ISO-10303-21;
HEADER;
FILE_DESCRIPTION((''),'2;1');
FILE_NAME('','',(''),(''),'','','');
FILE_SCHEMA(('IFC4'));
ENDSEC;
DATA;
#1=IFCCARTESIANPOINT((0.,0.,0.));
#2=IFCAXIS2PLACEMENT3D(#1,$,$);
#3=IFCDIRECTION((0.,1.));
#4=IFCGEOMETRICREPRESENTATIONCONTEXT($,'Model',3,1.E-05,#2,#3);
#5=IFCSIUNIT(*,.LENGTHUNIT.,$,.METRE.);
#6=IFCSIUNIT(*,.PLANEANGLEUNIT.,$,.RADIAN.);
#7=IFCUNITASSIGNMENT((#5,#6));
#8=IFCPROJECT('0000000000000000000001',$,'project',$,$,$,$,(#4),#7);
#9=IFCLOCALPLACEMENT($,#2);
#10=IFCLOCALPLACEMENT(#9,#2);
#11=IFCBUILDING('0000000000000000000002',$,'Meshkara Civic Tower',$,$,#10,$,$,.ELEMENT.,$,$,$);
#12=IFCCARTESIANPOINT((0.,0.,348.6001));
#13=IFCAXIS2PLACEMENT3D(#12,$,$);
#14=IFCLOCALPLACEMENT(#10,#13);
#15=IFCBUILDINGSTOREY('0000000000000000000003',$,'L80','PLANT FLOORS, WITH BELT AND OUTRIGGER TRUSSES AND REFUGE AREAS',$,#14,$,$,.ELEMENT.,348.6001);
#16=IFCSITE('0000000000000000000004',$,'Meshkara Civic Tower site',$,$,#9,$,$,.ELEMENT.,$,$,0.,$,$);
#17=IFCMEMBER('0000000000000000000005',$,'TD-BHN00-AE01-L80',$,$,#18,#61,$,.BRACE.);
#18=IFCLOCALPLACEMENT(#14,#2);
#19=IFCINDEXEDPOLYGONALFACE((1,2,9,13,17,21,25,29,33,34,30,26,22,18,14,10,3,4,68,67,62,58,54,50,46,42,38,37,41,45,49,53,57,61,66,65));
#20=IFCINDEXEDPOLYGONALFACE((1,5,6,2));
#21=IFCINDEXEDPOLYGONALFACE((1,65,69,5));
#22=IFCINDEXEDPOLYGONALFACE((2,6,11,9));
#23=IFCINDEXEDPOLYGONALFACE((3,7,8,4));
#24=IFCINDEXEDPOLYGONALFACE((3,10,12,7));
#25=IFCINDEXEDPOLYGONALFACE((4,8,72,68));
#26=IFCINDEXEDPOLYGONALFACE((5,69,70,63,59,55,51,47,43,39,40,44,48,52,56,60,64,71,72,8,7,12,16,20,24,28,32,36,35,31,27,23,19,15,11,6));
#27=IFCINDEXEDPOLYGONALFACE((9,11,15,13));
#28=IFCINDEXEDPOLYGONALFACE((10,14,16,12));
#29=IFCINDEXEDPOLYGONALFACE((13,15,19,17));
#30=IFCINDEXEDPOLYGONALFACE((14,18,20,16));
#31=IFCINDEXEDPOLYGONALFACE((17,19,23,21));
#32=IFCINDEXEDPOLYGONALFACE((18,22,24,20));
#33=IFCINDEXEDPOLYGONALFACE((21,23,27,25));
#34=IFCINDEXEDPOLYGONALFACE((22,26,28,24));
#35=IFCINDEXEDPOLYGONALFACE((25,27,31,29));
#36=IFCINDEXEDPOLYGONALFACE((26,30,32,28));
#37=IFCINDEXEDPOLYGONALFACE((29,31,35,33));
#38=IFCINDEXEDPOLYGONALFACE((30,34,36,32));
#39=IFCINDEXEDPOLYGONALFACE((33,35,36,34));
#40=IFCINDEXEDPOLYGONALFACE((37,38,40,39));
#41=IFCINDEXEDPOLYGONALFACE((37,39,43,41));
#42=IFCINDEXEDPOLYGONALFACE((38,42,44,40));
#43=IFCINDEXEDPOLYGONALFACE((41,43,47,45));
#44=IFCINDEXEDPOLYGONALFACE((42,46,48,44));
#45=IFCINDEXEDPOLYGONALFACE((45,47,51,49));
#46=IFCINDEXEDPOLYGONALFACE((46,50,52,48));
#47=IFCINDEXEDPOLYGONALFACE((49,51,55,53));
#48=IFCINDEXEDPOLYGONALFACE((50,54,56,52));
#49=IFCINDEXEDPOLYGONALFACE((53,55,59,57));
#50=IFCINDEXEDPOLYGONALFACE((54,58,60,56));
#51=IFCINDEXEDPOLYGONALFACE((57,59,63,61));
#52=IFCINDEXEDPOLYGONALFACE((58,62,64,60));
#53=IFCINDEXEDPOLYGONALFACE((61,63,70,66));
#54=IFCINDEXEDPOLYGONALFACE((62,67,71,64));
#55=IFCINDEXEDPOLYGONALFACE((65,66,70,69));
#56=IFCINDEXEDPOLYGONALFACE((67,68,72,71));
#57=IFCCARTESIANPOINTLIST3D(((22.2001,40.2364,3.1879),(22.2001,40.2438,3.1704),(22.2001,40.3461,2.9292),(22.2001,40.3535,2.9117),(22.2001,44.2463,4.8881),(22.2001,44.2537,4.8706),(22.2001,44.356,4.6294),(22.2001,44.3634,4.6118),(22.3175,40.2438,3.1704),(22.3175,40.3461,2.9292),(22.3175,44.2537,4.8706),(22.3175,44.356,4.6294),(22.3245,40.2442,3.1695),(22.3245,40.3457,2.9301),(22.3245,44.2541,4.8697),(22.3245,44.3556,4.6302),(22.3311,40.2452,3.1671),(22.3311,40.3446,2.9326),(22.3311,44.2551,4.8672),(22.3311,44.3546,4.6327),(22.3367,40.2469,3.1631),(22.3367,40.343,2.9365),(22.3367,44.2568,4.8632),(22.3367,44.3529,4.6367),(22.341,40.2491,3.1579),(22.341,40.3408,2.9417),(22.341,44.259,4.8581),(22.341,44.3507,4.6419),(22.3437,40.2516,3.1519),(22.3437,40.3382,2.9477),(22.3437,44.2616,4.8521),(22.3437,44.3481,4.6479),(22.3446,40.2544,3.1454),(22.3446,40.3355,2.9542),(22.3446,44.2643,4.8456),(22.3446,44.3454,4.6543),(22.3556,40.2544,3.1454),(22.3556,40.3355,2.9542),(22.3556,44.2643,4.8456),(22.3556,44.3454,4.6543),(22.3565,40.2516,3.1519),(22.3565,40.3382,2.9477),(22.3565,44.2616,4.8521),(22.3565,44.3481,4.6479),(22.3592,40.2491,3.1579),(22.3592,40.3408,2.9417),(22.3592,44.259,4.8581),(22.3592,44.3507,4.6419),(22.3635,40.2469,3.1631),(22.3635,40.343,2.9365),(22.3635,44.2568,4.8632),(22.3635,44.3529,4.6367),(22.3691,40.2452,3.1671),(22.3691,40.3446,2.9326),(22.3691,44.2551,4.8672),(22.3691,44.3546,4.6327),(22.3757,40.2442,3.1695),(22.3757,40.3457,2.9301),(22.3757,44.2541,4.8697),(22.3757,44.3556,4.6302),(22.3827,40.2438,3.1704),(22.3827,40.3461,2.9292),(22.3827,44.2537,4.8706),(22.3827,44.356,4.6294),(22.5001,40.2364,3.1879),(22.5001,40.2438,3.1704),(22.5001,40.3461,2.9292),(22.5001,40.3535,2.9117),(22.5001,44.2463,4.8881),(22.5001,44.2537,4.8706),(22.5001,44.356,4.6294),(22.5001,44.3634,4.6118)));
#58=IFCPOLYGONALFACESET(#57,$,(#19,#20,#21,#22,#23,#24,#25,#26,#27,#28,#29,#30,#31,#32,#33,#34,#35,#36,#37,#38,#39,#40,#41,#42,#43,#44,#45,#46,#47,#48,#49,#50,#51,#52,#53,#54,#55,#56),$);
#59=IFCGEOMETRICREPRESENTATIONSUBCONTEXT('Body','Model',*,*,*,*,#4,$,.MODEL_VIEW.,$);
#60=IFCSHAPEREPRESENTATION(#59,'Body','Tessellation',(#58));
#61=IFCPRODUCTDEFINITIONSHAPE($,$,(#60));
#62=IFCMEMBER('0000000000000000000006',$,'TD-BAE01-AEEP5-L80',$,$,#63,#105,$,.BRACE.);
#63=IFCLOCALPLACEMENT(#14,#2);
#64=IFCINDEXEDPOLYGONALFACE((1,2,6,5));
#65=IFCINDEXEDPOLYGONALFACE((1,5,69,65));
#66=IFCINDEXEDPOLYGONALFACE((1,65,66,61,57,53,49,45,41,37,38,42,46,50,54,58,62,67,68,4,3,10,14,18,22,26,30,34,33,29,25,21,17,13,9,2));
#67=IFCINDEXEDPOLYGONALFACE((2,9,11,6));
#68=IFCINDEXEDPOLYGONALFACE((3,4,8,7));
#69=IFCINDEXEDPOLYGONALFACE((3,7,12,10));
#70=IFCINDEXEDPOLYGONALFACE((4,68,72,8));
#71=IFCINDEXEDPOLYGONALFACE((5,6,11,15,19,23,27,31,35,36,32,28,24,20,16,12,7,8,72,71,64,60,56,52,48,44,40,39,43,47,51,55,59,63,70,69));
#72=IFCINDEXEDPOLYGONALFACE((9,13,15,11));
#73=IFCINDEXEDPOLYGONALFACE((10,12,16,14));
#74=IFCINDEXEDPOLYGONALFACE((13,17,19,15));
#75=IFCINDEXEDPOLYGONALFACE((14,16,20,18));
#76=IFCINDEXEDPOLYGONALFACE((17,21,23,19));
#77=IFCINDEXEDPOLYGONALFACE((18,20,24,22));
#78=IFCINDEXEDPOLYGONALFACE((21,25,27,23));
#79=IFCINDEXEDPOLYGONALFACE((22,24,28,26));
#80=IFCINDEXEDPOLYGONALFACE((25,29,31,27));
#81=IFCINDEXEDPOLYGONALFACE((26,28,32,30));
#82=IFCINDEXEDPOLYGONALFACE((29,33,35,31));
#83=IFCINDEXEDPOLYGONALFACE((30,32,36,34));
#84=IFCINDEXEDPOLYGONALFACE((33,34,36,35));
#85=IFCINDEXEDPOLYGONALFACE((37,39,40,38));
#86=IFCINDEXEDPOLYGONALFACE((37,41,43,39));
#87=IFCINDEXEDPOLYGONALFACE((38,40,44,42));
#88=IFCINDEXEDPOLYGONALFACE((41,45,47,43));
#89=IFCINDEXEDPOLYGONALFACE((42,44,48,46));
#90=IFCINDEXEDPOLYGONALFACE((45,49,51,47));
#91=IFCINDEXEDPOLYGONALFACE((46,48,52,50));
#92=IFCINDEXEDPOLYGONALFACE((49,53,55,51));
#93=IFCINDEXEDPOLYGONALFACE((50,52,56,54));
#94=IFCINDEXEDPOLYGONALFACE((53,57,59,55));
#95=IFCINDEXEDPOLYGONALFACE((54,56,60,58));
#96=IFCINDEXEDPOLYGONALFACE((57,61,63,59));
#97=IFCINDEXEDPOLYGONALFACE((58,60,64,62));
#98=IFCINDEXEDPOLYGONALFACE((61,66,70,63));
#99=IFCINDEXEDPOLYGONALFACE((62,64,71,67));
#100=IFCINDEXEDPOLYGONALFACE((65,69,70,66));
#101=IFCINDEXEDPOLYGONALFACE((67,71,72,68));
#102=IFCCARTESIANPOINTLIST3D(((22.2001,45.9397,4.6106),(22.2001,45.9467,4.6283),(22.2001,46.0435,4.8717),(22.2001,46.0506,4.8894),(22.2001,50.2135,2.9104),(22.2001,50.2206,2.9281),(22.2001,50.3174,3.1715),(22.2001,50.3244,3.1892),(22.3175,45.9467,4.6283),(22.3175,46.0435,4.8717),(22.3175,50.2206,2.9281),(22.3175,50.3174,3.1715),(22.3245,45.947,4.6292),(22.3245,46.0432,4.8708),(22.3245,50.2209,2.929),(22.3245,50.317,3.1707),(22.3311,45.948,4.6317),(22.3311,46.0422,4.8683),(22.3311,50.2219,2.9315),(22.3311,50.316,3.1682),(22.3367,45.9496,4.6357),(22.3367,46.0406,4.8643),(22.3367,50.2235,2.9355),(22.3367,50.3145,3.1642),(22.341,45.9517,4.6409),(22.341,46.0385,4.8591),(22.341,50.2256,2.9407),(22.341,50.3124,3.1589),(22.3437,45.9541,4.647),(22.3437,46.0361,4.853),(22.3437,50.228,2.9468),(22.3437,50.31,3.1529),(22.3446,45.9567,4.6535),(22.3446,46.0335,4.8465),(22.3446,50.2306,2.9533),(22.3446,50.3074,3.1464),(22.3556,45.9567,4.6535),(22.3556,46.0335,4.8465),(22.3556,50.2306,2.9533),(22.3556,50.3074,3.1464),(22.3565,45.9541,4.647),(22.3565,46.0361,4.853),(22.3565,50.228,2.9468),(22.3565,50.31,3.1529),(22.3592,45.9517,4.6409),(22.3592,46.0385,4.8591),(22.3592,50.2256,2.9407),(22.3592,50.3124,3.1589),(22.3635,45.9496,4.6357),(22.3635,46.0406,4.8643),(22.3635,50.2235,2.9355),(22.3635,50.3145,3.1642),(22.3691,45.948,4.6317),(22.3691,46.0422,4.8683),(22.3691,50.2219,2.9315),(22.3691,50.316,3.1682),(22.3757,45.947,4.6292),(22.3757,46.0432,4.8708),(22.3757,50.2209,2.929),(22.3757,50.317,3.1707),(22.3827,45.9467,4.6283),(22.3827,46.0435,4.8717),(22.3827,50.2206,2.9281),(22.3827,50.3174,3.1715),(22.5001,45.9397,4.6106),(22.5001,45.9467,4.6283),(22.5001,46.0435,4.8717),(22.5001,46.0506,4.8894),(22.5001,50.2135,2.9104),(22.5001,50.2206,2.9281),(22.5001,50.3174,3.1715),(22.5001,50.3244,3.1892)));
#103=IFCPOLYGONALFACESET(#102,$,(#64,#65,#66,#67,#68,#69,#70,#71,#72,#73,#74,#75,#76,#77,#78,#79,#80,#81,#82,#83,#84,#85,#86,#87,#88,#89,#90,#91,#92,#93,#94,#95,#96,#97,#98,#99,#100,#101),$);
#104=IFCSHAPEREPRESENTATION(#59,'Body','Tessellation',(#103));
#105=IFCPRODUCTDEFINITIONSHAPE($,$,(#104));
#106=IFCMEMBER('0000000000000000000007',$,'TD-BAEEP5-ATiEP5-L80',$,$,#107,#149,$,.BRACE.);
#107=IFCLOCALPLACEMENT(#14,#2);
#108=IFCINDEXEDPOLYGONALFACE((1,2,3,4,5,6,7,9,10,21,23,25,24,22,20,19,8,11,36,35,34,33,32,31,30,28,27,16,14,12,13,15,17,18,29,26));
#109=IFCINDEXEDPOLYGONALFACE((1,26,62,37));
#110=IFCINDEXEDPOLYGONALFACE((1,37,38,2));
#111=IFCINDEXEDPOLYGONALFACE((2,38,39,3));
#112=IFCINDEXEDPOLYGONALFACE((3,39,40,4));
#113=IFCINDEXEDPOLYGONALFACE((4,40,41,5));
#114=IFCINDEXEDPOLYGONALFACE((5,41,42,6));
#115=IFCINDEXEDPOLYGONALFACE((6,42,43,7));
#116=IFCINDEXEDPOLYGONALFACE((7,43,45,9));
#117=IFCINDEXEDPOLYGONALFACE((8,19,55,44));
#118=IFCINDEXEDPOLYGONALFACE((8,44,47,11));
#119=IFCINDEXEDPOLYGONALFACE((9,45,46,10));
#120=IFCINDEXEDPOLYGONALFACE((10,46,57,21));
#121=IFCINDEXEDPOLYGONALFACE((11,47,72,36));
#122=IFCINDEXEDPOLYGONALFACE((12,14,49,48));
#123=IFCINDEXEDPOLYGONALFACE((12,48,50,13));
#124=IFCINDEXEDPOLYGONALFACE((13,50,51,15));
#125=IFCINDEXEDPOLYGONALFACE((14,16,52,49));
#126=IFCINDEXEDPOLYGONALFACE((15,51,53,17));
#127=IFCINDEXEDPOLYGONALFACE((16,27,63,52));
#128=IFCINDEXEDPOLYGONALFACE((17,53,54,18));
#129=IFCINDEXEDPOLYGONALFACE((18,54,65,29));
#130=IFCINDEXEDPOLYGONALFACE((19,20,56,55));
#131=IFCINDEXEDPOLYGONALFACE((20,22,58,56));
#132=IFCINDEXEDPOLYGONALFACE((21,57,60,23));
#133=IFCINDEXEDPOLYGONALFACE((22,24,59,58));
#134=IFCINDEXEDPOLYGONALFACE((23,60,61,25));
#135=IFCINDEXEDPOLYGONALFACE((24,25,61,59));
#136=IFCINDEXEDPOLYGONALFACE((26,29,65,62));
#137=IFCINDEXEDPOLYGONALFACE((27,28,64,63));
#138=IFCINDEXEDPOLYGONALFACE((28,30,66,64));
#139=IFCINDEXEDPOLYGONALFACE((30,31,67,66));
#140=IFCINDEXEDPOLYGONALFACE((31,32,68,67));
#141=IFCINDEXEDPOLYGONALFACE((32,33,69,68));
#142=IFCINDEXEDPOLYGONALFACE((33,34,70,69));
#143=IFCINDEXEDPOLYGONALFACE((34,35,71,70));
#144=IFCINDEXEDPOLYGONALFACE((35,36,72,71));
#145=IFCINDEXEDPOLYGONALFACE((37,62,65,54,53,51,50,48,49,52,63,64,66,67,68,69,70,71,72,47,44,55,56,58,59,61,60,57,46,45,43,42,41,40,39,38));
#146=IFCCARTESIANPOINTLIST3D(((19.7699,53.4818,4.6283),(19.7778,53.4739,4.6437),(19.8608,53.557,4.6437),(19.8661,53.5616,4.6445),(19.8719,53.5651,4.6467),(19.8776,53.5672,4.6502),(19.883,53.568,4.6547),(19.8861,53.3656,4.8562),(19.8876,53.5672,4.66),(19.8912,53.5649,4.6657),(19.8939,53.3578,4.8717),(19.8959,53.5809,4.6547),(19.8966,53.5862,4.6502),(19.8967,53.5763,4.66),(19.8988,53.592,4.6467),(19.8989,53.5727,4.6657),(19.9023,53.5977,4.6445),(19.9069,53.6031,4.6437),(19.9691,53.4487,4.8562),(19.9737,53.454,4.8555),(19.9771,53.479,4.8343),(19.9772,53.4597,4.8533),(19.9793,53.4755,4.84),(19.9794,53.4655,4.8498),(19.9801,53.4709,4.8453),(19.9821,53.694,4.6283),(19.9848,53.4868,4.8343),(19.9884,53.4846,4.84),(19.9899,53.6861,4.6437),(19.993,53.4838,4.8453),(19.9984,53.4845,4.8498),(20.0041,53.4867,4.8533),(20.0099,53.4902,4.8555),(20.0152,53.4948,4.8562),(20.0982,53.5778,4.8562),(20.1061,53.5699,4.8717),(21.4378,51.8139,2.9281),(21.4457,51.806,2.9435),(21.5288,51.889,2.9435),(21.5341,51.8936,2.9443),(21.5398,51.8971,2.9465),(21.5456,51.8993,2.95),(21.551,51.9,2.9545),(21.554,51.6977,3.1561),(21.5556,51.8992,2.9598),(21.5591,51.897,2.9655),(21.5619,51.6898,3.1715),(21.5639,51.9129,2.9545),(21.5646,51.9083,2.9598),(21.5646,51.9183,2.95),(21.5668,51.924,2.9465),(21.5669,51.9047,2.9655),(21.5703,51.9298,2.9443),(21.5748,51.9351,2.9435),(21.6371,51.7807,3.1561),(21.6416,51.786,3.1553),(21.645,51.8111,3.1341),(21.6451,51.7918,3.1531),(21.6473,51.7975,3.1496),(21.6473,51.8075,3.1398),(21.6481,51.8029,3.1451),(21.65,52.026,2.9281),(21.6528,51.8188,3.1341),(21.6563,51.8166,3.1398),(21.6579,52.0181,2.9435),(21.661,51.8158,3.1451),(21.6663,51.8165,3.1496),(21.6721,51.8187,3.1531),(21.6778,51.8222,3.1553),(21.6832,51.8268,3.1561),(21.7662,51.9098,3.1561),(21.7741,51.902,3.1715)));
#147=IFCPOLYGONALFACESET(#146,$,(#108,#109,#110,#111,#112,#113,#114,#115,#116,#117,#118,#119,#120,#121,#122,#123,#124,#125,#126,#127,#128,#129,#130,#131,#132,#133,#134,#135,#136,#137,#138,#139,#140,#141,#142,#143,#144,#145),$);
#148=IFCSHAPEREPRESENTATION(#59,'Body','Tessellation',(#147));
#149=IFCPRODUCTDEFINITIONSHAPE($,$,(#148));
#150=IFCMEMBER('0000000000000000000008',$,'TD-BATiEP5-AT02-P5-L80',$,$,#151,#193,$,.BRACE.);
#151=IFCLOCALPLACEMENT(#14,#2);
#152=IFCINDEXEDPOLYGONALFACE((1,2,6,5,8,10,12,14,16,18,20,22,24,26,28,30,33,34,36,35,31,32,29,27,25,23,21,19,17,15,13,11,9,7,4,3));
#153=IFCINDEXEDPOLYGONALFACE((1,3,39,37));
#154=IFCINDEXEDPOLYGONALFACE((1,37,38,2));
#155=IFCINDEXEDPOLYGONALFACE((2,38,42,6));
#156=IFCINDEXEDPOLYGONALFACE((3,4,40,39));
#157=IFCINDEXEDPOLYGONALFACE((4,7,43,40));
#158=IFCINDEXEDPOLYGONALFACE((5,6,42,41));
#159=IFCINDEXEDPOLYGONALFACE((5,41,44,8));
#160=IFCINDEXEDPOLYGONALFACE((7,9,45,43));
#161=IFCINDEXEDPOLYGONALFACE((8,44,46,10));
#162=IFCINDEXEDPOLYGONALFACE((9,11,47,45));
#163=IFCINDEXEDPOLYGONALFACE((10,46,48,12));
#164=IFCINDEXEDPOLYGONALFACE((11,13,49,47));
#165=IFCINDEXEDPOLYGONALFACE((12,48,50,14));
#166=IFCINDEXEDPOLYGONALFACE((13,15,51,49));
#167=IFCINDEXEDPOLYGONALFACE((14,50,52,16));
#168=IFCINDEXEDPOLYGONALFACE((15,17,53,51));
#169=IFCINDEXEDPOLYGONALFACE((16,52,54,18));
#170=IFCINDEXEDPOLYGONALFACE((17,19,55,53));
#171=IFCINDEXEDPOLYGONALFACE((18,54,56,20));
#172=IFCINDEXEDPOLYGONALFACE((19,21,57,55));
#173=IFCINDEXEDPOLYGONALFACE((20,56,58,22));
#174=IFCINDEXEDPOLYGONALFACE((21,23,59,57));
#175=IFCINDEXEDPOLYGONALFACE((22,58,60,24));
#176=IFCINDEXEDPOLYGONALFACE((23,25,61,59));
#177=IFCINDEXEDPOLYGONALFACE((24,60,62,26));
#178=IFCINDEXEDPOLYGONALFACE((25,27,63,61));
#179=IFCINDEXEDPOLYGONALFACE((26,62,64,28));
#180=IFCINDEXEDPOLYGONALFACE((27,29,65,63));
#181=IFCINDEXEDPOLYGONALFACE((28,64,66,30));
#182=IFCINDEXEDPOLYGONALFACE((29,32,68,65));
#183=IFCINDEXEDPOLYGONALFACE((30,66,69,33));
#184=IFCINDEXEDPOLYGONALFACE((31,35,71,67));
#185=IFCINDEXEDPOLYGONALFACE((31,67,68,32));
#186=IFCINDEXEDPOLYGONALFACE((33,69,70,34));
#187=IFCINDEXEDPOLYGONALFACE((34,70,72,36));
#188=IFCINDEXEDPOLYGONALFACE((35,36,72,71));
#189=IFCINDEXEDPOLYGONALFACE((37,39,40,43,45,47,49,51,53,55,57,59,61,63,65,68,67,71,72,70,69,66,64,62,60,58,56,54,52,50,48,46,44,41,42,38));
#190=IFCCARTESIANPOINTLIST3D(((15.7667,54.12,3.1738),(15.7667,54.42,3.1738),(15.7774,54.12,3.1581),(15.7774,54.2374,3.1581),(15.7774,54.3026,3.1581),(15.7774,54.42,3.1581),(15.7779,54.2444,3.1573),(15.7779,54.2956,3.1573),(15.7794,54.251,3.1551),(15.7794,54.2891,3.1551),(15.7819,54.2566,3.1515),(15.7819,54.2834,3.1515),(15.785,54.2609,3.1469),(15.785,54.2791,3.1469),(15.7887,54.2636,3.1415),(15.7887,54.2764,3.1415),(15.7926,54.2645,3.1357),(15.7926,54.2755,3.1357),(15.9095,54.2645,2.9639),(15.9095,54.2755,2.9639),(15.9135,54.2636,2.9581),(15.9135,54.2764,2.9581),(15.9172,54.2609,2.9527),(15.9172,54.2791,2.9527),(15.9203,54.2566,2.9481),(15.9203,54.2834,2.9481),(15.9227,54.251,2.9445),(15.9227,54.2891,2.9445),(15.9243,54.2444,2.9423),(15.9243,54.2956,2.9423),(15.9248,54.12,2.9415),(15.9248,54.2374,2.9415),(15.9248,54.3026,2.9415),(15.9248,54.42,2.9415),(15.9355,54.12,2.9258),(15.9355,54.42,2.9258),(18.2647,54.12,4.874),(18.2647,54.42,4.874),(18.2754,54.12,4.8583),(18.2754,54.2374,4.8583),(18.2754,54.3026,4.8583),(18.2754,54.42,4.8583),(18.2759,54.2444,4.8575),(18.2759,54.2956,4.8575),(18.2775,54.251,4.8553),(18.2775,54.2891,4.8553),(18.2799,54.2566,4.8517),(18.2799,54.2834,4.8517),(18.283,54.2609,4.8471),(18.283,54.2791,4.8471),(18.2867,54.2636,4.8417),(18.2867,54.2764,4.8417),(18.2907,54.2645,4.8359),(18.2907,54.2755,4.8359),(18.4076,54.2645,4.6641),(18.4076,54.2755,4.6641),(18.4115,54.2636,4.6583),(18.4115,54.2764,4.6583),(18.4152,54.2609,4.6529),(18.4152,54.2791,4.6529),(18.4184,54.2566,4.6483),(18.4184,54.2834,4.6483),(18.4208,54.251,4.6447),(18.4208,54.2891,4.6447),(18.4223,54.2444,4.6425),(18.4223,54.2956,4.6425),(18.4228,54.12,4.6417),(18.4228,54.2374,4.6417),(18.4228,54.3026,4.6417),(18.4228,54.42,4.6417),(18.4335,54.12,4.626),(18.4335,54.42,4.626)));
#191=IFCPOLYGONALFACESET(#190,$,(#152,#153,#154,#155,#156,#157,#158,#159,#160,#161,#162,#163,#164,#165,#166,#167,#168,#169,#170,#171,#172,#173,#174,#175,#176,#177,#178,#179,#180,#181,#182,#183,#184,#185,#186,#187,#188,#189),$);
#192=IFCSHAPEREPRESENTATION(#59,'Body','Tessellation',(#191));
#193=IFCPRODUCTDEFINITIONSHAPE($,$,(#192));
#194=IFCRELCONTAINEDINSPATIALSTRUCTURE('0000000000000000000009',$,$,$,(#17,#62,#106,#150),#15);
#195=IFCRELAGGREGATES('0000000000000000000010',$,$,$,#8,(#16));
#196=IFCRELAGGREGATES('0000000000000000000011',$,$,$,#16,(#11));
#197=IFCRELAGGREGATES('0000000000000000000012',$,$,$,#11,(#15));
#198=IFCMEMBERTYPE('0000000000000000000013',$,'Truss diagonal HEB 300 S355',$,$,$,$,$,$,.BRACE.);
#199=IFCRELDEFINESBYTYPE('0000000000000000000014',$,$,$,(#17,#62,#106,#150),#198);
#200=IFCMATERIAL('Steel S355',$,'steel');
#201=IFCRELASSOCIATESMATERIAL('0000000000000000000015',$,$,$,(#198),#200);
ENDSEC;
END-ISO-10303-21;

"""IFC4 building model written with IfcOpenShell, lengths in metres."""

from ifc_helpers import new_model, si_unit, direction, frame, origin, origin_2d, place, context, subcontext, project, spatial, i_section, extrude, material, material_profile, profile_set, type_object, element, save


model = new_model("IFC4")

# Units and contexts
model_context = context("Model", 3, precision=1e-05, world=origin(), true_north=direction((0.0, 1.0)))
body_context = subcontext(model_context, "Body", "Model", "MODEL_VIEW")
ifc_project = project(units=[si_unit("LENGTHUNIT", "METRE"), si_unit("PLANEANGLEUNIT", "RADIAN")], contexts=[model_context])

# Site, building, storey
site_placement = place(None, origin())
site = spatial("IfcSite", under=ifc_project, at=site_placement, Name="Meshkara Civic Tower site", CompositionType="ELEMENT", RefElevation=0.0)
building_placement = place(site_placement, origin())
building = spatial("IfcBuilding", under=site, at=building_placement, Name="Meshkara Civic Tower", CompositionType="ELEMENT")
storey_placement = place(building_placement, frame((0.0, 0.0, 348.6001)))
storey = spatial("IfcBuildingStorey", under=building, at=storey_placement, Name="L80", Description="PLANT FLOORS, WITH BELT AND OUTRIGGER TRUSSES AND REFUGE AREAS", CompositionType="ELEMENT", Elevation=348.6001)

# Members
ifc_material_1 = material(Name="Steel S355", Category="steel")
ifc_material_profile_1 = material_profile(ifc_material_1, i_section(OverallWidth=0.3, OverallDepth=0.3, WebThickness=0.011, FlangeThickness=0.019, FilletRadius=0.0271, at=origin_2d()))
ifc_profile_set_1 = profile_set([ifc_material_profile_1], Name="Steel S355")
member_type = type_object("IfcMemberType", Name="Truss diagonal HEB 300 S355", PredefinedType="BRACE", material=ifc_profile_set_1)
member_1_placement = place(storey_placement, frame((22.3501, 40.2949, 3.0498), z_axis=(0.0, 0.920666, 0.390351), x_axis=(-1.0, 0.0, 0.0)))
element("IfcMember", 1, at=member_1_placement, inside=storey, type_object=member_type, Name="TD-BHN00-AE01-L80", PredefinedType="BRACE", context=body_context, shape_type="SweptSolid", body=[
    extrude(i_section(OverallWidth=0.3, OverallDepth=0.3, WebThickness=0.011, FlangeThickness=0.019, FilletRadius=0.0271, at=origin_2d()), origin(), (0.0, 0.0, 1.0), 4.3555),
])
member_2_placement = place(storey_placement, frame((22.3501, 45.9951, 4.75), z_axis=(0.0, 0.929178, -0.369633), x_axis=(-1.0, 0.0, 0.0)))
element("IfcMember", 2, at=member_2_placement, inside=storey, type_object=member_type, Name="TD-BAE01-AEEP5-L80", PredefinedType="BRACE", context=body_context, shape_type="SweptSolid", body=[
    extrude(i_section(OverallWidth=0.3, OverallDepth=0.3, WebThickness=0.011, FlangeThickness=0.019, FilletRadius=0.0271, at=origin_2d()), origin(), (0.0, 0.0, 1.0), 4.5996),
])
member_3_placement = place(storey_placement, frame((21.606, 51.8579, 3.0498), z_axis=(-0.573632, 0.573632, 0.584715), x_axis=(-0.707107, -0.707107, 0.0)))
element("IfcMember", 3, at=member_3_placement, inside=storey, type_object=member_type, Name="TD-BAEEP5-ATiEP5-L80", PredefinedType="BRACE", context=body_context, shape_type="SweptSolid", body=[
    extrude(i_section(OverallWidth=0.3, OverallDepth=0.3, WebThickness=0.011, FlangeThickness=0.019, FilletRadius=0.0271, at=origin_2d()), origin(), (0.0, 0.0, 1.0), 2.9077),
])
member_4_placement = place(storey_placement, frame((18.3491, 54.27, 4.75), z_axis=(-0.826692, 0.0, -0.562655), x_axis=(0.0, -1.0, 0.0)))
element("IfcMember", 4, at=member_4_placement, inside=storey, type_object=member_type, Name="TD-BATiEP5-AT02-P5-L80", PredefinedType="BRACE", context=body_context, shape_type="SweptSolid", body=[
    extrude(i_section(OverallWidth=0.3, OverallDepth=0.3, WebThickness=0.011, FlangeThickness=0.019, FilletRadius=0.0271, at=origin_2d()), origin(), (0.0, 0.0, 1.0), 3.0217),
])

save(model, "model.ifc")
